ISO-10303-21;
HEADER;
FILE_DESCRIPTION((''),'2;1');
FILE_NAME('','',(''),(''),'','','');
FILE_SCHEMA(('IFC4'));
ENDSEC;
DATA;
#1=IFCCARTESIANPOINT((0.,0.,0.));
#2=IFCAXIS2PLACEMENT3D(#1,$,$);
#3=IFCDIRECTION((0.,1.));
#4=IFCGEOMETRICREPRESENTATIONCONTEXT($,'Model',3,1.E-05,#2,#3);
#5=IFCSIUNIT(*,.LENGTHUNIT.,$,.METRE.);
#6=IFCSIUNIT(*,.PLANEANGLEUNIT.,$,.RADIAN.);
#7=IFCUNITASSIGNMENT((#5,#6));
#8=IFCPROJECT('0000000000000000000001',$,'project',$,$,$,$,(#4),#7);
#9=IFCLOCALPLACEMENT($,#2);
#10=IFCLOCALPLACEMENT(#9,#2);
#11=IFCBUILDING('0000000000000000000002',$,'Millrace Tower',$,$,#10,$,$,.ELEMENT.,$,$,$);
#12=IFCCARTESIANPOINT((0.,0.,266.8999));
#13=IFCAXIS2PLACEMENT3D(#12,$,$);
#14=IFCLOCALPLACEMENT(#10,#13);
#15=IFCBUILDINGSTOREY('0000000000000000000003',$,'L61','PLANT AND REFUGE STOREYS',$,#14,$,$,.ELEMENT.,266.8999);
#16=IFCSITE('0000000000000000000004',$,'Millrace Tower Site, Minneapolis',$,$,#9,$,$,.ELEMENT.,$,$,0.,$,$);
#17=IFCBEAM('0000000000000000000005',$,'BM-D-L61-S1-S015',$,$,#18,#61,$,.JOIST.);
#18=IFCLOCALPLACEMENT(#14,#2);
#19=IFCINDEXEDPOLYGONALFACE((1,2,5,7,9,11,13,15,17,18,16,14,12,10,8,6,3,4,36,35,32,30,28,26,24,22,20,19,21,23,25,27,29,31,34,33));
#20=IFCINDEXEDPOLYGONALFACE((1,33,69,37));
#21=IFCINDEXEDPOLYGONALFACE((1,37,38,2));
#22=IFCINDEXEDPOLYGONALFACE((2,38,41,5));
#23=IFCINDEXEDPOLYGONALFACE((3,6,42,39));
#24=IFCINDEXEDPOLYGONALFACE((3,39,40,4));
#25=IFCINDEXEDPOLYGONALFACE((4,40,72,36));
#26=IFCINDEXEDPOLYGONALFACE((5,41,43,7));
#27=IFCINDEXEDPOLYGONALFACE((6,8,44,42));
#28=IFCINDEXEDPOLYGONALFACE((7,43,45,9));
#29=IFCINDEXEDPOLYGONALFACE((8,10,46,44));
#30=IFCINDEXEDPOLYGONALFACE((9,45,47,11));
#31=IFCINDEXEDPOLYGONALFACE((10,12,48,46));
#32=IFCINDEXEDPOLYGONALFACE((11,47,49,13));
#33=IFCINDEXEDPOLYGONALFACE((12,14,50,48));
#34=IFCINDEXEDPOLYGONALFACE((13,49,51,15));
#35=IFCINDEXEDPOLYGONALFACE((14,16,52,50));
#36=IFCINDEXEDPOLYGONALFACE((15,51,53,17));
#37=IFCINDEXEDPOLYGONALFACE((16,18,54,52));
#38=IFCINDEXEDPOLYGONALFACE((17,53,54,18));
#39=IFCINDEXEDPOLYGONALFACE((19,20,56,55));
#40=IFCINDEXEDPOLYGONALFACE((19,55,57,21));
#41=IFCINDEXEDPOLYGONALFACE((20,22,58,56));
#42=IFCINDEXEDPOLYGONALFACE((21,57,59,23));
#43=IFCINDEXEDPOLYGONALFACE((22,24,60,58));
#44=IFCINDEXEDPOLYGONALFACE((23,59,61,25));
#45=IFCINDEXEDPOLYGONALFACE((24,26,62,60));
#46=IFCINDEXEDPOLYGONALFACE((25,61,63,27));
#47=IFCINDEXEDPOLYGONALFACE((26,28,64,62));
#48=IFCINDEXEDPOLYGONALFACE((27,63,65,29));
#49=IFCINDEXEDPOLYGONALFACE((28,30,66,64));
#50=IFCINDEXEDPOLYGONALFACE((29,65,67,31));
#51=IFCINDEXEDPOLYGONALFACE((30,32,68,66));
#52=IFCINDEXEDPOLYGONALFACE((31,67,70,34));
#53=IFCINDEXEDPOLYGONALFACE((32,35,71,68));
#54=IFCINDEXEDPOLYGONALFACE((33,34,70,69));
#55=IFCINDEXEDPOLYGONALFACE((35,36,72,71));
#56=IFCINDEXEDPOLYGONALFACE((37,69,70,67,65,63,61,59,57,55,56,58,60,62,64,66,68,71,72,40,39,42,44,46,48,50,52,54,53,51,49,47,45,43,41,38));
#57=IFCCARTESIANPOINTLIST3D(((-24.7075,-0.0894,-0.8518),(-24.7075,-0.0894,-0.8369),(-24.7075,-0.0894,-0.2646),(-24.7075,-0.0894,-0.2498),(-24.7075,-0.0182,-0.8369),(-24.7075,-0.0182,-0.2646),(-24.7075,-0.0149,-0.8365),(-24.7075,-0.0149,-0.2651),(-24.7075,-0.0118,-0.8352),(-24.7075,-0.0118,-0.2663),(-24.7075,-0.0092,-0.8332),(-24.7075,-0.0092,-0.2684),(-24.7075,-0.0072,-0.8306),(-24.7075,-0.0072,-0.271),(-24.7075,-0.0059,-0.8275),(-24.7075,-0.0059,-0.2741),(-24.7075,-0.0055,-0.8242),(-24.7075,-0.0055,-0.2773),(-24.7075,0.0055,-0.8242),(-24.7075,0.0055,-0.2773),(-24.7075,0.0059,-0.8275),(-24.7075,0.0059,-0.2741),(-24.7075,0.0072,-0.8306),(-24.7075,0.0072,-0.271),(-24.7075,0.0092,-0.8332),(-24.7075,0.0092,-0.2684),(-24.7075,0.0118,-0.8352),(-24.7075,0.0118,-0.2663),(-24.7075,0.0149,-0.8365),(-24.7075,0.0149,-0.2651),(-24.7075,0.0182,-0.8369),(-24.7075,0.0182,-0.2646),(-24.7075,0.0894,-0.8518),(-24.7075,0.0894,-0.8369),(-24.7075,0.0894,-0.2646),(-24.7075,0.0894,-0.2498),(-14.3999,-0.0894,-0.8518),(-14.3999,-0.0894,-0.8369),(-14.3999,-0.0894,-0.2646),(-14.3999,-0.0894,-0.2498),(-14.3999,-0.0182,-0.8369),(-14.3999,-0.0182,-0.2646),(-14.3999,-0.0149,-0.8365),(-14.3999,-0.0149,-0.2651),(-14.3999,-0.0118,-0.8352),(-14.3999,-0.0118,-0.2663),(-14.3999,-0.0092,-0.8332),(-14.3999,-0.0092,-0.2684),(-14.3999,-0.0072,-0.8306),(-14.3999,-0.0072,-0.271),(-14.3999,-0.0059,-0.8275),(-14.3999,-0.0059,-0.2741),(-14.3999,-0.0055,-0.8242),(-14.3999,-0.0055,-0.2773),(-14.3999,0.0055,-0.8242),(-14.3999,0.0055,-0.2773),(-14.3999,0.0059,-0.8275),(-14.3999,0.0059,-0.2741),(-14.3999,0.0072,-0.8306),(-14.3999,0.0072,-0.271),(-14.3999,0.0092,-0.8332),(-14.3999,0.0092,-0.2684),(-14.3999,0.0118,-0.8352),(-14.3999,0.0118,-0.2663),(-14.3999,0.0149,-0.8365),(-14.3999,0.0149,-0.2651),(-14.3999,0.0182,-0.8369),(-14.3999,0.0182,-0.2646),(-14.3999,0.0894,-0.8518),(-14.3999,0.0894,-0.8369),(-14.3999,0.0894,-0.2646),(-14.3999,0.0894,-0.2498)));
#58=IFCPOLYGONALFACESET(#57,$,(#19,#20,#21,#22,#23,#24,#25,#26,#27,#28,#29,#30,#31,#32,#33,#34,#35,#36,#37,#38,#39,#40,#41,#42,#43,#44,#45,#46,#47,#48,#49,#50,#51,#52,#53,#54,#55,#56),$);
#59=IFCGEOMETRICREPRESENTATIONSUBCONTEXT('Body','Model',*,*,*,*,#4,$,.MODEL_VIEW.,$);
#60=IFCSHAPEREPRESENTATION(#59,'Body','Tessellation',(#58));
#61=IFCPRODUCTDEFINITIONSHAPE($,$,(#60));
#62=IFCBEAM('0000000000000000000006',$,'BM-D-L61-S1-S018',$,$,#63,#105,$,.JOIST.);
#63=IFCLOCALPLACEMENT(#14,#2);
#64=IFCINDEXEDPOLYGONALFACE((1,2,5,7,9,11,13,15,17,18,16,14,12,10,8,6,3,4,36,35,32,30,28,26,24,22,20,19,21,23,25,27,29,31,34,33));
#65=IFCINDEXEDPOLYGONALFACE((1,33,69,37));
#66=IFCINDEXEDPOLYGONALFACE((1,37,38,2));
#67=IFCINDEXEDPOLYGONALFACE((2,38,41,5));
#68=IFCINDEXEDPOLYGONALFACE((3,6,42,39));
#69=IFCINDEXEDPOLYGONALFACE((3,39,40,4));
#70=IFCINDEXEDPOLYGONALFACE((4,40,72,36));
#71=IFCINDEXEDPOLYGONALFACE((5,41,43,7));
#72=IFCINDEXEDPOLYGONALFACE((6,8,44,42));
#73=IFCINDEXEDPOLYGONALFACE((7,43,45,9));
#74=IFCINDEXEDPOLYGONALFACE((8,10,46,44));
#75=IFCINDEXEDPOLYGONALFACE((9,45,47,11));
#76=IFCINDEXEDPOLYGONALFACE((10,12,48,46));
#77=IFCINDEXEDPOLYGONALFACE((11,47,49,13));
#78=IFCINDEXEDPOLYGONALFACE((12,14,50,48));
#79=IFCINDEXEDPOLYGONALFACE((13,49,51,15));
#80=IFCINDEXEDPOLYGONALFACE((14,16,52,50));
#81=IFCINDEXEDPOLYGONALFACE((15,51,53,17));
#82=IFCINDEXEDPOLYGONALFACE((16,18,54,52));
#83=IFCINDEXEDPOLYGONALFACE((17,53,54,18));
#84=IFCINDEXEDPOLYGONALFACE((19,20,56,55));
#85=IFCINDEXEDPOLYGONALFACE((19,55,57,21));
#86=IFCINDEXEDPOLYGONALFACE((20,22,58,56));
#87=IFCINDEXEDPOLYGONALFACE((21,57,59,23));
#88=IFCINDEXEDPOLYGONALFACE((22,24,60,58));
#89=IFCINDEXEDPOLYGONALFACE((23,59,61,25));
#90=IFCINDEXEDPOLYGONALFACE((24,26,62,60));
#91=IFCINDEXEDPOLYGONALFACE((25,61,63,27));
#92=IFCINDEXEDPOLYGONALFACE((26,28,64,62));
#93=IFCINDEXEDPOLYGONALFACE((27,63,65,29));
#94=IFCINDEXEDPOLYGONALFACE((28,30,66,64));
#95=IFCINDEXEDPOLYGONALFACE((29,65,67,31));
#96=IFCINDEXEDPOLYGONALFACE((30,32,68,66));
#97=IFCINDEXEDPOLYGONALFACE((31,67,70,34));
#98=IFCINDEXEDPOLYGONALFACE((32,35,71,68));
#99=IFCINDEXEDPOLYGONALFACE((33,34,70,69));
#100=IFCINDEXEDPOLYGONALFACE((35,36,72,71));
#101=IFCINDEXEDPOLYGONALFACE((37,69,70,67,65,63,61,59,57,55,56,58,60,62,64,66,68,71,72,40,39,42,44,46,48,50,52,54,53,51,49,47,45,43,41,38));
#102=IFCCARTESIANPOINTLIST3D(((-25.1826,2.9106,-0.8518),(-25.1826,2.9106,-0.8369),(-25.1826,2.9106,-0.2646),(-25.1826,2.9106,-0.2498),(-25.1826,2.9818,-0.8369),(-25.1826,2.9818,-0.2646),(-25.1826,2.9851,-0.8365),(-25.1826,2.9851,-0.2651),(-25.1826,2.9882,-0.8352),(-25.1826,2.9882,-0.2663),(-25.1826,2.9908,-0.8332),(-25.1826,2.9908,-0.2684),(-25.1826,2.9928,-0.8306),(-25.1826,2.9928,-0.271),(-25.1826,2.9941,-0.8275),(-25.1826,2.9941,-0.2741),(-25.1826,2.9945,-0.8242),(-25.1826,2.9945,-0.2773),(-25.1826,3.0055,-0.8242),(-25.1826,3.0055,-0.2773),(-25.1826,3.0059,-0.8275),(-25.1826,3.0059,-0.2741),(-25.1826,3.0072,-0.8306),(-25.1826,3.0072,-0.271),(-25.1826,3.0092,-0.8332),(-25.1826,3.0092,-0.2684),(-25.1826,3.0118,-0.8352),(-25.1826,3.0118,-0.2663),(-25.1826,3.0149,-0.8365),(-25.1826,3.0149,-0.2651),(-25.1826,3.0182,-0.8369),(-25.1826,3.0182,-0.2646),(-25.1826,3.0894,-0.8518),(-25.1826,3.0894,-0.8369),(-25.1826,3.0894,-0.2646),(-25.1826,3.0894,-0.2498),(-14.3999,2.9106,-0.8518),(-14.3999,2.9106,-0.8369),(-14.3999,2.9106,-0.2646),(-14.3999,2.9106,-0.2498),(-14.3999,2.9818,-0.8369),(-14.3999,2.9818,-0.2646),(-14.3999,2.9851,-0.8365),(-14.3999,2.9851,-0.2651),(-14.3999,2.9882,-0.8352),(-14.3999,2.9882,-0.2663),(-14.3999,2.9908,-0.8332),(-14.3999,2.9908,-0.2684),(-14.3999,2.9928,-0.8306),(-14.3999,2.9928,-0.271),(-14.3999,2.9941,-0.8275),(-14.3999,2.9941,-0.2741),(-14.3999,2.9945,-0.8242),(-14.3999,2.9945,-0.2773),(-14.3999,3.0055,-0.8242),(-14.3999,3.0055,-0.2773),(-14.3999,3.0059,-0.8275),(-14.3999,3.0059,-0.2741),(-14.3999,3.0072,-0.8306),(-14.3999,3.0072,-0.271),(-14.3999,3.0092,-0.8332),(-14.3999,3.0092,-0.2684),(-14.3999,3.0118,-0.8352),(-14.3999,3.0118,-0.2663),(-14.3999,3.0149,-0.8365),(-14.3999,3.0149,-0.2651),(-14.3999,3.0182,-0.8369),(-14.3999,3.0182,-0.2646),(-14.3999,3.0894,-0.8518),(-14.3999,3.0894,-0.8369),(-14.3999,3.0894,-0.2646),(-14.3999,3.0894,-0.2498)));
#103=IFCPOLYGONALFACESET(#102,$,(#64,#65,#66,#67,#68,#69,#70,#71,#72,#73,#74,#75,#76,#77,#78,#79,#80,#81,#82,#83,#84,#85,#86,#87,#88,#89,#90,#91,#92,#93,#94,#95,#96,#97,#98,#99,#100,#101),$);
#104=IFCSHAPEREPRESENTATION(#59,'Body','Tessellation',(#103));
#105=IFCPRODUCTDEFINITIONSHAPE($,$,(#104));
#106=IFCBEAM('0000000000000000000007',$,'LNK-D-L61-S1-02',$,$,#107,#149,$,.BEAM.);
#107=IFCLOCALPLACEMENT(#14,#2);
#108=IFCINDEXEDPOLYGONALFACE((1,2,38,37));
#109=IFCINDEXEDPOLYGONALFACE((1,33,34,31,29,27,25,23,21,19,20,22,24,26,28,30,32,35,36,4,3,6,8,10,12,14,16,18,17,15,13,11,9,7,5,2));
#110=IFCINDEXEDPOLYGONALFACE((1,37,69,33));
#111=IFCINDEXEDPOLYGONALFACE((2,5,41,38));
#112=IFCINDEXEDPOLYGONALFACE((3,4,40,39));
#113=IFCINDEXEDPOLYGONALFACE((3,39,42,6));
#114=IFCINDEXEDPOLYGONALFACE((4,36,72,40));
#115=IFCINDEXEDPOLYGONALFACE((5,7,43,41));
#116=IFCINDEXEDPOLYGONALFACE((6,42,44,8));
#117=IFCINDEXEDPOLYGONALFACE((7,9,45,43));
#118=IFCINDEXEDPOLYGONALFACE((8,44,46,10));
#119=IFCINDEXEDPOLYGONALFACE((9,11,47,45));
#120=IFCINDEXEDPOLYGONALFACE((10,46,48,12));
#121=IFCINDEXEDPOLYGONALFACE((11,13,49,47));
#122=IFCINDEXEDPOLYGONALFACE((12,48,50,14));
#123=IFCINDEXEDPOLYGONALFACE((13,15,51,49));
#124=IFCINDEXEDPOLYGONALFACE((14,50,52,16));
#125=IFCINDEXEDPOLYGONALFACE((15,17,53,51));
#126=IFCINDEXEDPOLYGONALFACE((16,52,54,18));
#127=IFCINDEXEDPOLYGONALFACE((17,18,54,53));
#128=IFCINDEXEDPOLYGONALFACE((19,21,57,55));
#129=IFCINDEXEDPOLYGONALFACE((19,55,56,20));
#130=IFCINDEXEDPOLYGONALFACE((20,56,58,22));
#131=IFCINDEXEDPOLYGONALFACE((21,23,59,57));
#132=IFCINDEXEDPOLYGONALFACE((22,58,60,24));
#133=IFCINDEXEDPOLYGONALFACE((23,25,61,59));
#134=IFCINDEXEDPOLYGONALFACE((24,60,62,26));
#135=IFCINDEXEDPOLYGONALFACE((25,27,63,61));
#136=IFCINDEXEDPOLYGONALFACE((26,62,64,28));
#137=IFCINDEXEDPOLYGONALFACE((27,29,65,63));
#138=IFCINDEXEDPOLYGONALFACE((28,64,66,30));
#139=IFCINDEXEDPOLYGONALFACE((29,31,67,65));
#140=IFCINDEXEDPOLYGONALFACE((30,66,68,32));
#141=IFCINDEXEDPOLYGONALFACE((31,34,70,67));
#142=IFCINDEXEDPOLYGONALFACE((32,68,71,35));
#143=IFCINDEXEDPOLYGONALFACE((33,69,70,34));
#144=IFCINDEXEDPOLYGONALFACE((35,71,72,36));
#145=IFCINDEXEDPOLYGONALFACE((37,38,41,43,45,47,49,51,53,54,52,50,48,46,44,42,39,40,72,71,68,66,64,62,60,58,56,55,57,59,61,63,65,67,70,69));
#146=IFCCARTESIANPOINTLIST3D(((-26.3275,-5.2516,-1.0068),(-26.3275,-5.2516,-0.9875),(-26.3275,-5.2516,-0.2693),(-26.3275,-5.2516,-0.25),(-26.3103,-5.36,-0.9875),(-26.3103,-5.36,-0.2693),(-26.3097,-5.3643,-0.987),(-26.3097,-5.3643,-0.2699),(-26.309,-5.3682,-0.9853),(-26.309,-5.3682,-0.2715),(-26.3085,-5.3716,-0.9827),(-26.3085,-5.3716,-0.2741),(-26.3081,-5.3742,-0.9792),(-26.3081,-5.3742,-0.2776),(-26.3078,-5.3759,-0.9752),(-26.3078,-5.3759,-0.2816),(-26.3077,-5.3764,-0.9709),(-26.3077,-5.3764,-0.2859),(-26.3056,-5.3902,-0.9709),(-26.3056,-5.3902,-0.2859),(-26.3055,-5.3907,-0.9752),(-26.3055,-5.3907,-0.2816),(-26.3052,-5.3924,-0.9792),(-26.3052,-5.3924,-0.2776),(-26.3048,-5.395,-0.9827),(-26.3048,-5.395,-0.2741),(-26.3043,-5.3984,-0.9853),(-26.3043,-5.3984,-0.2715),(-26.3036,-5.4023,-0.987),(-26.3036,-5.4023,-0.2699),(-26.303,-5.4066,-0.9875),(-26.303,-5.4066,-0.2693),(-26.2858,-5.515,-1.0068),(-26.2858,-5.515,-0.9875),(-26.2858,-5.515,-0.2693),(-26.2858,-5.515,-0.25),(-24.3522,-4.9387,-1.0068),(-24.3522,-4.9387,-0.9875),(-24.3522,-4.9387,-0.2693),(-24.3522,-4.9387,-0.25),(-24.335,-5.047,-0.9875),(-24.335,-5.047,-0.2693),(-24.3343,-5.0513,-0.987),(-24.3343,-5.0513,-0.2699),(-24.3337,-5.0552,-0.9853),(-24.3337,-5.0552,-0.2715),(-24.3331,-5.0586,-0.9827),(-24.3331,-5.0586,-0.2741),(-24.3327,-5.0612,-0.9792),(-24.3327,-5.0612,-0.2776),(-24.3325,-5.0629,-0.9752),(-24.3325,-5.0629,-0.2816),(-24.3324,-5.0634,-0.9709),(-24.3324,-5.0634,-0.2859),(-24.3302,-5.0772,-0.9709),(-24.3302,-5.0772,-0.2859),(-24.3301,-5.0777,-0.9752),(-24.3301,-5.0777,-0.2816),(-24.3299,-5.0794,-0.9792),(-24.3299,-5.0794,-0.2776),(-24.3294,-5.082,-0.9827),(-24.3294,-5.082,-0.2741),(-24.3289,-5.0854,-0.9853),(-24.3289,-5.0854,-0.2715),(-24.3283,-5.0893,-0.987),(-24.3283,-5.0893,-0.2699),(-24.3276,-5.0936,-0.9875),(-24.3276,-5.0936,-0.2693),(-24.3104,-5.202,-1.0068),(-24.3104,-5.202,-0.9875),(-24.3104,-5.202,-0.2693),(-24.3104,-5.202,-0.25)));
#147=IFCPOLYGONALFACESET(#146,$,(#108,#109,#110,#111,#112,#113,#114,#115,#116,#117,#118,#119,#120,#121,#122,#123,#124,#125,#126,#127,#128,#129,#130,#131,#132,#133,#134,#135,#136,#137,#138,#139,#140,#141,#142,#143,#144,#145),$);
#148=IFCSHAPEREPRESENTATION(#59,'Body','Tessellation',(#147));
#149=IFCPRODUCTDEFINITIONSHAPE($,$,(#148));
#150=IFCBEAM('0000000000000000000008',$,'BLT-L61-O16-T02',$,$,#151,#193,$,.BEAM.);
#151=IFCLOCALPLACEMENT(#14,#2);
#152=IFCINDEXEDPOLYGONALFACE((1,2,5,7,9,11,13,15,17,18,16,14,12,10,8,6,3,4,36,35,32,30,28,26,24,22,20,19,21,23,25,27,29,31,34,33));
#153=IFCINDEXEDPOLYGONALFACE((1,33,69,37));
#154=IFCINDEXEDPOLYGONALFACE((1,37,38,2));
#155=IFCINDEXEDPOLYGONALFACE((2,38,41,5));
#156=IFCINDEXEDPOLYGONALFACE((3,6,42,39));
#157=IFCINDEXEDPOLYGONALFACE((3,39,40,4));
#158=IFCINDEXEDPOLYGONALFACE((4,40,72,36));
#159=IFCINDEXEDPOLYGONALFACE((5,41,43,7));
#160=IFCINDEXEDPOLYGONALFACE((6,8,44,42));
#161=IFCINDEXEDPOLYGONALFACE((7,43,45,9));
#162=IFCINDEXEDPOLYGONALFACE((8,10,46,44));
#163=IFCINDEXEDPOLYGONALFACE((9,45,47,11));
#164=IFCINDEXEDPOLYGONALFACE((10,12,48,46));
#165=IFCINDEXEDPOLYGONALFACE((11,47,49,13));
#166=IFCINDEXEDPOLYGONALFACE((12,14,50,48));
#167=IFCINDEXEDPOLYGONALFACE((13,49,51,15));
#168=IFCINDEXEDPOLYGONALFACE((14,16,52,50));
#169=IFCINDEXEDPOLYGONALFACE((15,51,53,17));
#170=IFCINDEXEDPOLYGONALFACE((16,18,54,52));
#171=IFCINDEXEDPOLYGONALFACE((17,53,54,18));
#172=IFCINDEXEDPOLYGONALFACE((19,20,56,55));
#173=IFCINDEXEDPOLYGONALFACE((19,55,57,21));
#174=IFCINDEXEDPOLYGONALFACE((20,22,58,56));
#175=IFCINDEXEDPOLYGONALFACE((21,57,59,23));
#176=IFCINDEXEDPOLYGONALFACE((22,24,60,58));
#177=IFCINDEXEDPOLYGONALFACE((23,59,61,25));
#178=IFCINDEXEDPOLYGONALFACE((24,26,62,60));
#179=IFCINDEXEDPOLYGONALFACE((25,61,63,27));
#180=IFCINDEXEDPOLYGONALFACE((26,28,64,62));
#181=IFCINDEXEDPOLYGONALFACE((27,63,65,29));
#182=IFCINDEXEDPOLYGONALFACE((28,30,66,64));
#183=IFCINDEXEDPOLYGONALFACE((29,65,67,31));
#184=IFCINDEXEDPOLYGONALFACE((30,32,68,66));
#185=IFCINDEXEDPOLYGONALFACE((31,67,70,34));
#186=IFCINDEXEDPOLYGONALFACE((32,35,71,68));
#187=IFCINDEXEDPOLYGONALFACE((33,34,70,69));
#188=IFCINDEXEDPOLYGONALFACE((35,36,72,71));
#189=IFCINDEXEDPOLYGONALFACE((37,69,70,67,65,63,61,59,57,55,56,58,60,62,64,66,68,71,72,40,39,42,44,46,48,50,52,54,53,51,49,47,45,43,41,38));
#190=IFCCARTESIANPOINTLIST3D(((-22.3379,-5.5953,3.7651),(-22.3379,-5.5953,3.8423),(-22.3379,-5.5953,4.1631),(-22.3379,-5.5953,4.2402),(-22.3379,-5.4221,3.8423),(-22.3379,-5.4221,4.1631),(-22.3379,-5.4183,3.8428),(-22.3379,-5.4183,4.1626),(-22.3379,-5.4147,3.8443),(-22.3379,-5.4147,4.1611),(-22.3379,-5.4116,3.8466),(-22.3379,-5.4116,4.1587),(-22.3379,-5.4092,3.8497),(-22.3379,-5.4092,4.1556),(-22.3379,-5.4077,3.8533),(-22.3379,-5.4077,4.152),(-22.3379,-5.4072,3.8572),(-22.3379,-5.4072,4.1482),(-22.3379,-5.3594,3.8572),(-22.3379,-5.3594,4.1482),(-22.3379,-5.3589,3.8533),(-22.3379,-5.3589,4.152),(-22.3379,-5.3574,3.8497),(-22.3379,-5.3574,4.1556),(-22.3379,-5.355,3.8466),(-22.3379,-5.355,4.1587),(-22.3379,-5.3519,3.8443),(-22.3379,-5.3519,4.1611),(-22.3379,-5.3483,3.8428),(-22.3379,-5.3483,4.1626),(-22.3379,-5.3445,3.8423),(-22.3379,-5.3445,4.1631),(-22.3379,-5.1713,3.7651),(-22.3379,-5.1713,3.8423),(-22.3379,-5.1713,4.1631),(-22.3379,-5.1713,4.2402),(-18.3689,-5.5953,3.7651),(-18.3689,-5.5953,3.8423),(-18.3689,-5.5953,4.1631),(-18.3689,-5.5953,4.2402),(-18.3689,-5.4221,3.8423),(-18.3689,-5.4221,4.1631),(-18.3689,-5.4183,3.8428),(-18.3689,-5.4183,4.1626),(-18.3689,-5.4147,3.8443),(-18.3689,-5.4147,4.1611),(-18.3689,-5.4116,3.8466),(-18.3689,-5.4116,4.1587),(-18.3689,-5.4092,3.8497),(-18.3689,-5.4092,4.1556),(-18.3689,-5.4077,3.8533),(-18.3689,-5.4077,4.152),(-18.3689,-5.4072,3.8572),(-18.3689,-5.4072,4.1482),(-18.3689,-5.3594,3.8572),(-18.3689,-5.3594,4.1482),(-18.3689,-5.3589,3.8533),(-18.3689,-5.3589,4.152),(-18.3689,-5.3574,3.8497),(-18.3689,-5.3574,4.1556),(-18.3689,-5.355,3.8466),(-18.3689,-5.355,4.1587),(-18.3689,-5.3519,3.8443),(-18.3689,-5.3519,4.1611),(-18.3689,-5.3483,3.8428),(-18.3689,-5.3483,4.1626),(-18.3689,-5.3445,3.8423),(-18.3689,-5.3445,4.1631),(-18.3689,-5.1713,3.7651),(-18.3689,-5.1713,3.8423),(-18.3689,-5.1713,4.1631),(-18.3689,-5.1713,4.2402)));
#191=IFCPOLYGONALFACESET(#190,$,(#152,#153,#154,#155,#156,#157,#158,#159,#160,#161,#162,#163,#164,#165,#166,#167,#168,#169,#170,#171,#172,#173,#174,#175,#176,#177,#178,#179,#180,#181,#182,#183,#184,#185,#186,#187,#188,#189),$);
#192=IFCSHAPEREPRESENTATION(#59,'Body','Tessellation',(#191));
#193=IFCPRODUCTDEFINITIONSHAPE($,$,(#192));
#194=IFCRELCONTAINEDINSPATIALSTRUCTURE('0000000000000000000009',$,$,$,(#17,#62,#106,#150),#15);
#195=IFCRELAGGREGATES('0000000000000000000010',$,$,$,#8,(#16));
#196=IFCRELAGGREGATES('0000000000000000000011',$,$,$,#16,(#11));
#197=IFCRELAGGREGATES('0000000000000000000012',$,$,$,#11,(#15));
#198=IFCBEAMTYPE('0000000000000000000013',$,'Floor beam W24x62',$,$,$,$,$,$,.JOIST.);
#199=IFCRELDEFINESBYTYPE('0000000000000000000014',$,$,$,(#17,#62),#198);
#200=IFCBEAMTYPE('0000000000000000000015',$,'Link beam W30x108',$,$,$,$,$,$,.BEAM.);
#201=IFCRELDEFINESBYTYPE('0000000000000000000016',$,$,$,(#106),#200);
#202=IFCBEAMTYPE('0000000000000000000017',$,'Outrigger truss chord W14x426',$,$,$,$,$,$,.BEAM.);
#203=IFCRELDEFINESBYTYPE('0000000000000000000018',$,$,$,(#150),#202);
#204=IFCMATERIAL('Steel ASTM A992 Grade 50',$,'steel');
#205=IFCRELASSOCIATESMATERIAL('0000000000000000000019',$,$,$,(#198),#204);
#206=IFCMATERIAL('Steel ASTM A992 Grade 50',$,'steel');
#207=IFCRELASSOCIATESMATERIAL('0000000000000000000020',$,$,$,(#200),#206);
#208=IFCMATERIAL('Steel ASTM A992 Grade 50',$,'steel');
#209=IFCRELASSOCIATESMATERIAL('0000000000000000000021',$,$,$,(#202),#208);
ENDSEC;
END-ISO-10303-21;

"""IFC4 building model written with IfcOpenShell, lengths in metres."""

from ifc_helpers import new_model, si_unit, direction, frame, origin, origin_2d, place, context, subcontext, project, spatial, i_section, extrude, material, material_profile, profile_set, type_object, element, save


model = new_model("IFC4")

# Units and contexts
model_context = context("Model", 3, precision=1e-05, world=origin(), true_north=direction((0.0, 1.0)))
body_context = subcontext(model_context, "Body", "Model", "MODEL_VIEW")
ifc_project = project(units=[si_unit("LENGTHUNIT", "METRE"), si_unit("PLANEANGLEUNIT", "RADIAN")], contexts=[model_context])

# Site, building, storey
site_placement = place(None, origin())
site = spatial("IfcSite", under=ifc_project, at=site_placement, Name="Millrace Tower Site, Minneapolis", CompositionType="ELEMENT", RefElevation=0.0)
building_placement = place(site_placement, origin())
building = spatial("IfcBuilding", under=site, at=building_placement, Name="Millrace Tower", CompositionType="ELEMENT")
storey_placement = place(building_placement, frame((0.0, 0.0, 266.8999)))
storey = spatial("IfcBuildingStorey", under=building, at=storey_placement, Name="L61", Description="PLANT AND REFUGE STOREYS", CompositionType="ELEMENT", Elevation=266.8999)

# Beams
ifc_material_1 = material(Name="Steel ASTM A992 Grade 50", Category="steel")
ifc_material_profile_1 = material_profile(ifc_material_1, i_section(OverallWidth=0.1787, OverallDepth=0.6021, WebThickness=0.011, FlangeThickness=0.0149, FilletRadius=0.0127, at=origin_2d()))
ifc_profile_set_1 = profile_set([ifc_material_profile_1], Name="Steel ASTM A992 Grade 50")
beam_type_1 = type_object("IfcBeamType", Name="Floor beam W24x62", PredefinedType="JOIST", material=ifc_profile_set_1)
beam_1_placement = place(storey_placement, frame((-24.7075, 0.0, -0.5508), z_axis=(1.0, 0.0, 0.0), x_axis=(0.0, 1.0, 0.0)))
element("IfcBeam", 1, at=beam_1_placement, inside=storey, type_object=beam_type_1, Name="BM-D-L61-S1-S015", PredefinedType="JOIST", context=body_context, shape_type="SweptSolid", body=[
    extrude(i_section(OverallWidth=0.1787, OverallDepth=0.6021, WebThickness=0.011, FlangeThickness=0.0149, FilletRadius=0.0127, at=origin_2d()), origin(), (0.0, 0.0, 1.0), 10.3076),
])
beam_2_placement = place(storey_placement, frame((-25.1826, 3.0, -0.5508), z_axis=(1.0, 0.0, 0.0), x_axis=(0.0, 1.0, 0.0)))
element("IfcBeam", 2, at=beam_2_placement, inside=storey, type_object=beam_type_1, Name="BM-D-L61-S1-S018", PredefinedType="JOIST", context=body_context, shape_type="SweptSolid", body=[
    extrude(i_section(OverallWidth=0.1787, OverallDepth=0.6021, WebThickness=0.011, FlangeThickness=0.0149, FilletRadius=0.0127, at=origin_2d()), origin(), (0.0, 0.0, 1.0), 10.7827),
])
ifc_material_2 = material(Name="Steel ASTM A992 Grade 50", Category="steel")
ifc_material_profile_2 = material_profile(ifc_material_2, i_section(OverallWidth=0.2666, OverallDepth=0.7568, WebThickness=0.0139, FlangeThickness=0.0193, FilletRadius=0.0166, at=origin_2d()))
ifc_profile_set_2 = profile_set([ifc_material_profile_2], Name="Steel ASTM A992 Grade 50")
beam_type_2 = type_object("IfcBeamType", Name="Link beam W30x108", PredefinedType="BEAM", material=ifc_profile_set_2)
beam_3_placement = place(storey_placement, frame((-24.3313, -5.0703, -0.6284), z_axis=(-0.987679, -0.156495, 0.0), x_axis=(0.156495, -0.987679, 0.0)))
element("IfcBeam", 3, at=beam_3_placement, inside=storey, type_object=beam_type_2, Name="LNK-D-L61-S1-02", PredefinedType="BEAM", context=body_context, shape_type="SweptSolid", body=[
    extrude(i_section(OverallWidth=0.2666, OverallDepth=0.7568, WebThickness=0.0139, FlangeThickness=0.0193, FilletRadius=0.0166, at=origin_2d()), origin(), (0.0, 0.0, 1.0), 2.0),
])
ifc_material_3 = material(Name="Steel ASTM A992 Grade 50", Category="steel")
ifc_material_profile_3 = material_profile(ifc_material_3, i_section(OverallWidth=0.4241, OverallDepth=0.4751, WebThickness=0.0479, FlangeThickness=0.0771, FilletRadius=0.0149, at=origin_2d()))
ifc_profile_set_3 = profile_set([ifc_material_profile_3], Name="Steel ASTM A992 Grade 50")
beam_type_3 = type_object("IfcBeamType", Name="Outrigger truss chord W14x426", PredefinedType="BEAM", material=ifc_profile_set_3)
beam_4_placement = place(storey_placement, frame((-18.3689, -5.3833, 4.0027), z_axis=(-1.0, 0.0, 0.0), x_axis=(0.0, -1.0, 0.0)))
element("IfcBeam", 4, at=beam_4_placement, inside=storey, type_object=beam_type_3, Name="BLT-L61-O16-T02", PredefinedType="BEAM", context=body_context, shape_type="SweptSolid", body=[
    extrude(i_section(OverallWidth=0.4241, OverallDepth=0.4751, WebThickness=0.0479, FlangeThickness=0.0771, FilletRadius=0.0149, at=origin_2d()), origin(), (0.0, 0.0, 1.0), 3.969),
])

save(model, "model.ifc")
